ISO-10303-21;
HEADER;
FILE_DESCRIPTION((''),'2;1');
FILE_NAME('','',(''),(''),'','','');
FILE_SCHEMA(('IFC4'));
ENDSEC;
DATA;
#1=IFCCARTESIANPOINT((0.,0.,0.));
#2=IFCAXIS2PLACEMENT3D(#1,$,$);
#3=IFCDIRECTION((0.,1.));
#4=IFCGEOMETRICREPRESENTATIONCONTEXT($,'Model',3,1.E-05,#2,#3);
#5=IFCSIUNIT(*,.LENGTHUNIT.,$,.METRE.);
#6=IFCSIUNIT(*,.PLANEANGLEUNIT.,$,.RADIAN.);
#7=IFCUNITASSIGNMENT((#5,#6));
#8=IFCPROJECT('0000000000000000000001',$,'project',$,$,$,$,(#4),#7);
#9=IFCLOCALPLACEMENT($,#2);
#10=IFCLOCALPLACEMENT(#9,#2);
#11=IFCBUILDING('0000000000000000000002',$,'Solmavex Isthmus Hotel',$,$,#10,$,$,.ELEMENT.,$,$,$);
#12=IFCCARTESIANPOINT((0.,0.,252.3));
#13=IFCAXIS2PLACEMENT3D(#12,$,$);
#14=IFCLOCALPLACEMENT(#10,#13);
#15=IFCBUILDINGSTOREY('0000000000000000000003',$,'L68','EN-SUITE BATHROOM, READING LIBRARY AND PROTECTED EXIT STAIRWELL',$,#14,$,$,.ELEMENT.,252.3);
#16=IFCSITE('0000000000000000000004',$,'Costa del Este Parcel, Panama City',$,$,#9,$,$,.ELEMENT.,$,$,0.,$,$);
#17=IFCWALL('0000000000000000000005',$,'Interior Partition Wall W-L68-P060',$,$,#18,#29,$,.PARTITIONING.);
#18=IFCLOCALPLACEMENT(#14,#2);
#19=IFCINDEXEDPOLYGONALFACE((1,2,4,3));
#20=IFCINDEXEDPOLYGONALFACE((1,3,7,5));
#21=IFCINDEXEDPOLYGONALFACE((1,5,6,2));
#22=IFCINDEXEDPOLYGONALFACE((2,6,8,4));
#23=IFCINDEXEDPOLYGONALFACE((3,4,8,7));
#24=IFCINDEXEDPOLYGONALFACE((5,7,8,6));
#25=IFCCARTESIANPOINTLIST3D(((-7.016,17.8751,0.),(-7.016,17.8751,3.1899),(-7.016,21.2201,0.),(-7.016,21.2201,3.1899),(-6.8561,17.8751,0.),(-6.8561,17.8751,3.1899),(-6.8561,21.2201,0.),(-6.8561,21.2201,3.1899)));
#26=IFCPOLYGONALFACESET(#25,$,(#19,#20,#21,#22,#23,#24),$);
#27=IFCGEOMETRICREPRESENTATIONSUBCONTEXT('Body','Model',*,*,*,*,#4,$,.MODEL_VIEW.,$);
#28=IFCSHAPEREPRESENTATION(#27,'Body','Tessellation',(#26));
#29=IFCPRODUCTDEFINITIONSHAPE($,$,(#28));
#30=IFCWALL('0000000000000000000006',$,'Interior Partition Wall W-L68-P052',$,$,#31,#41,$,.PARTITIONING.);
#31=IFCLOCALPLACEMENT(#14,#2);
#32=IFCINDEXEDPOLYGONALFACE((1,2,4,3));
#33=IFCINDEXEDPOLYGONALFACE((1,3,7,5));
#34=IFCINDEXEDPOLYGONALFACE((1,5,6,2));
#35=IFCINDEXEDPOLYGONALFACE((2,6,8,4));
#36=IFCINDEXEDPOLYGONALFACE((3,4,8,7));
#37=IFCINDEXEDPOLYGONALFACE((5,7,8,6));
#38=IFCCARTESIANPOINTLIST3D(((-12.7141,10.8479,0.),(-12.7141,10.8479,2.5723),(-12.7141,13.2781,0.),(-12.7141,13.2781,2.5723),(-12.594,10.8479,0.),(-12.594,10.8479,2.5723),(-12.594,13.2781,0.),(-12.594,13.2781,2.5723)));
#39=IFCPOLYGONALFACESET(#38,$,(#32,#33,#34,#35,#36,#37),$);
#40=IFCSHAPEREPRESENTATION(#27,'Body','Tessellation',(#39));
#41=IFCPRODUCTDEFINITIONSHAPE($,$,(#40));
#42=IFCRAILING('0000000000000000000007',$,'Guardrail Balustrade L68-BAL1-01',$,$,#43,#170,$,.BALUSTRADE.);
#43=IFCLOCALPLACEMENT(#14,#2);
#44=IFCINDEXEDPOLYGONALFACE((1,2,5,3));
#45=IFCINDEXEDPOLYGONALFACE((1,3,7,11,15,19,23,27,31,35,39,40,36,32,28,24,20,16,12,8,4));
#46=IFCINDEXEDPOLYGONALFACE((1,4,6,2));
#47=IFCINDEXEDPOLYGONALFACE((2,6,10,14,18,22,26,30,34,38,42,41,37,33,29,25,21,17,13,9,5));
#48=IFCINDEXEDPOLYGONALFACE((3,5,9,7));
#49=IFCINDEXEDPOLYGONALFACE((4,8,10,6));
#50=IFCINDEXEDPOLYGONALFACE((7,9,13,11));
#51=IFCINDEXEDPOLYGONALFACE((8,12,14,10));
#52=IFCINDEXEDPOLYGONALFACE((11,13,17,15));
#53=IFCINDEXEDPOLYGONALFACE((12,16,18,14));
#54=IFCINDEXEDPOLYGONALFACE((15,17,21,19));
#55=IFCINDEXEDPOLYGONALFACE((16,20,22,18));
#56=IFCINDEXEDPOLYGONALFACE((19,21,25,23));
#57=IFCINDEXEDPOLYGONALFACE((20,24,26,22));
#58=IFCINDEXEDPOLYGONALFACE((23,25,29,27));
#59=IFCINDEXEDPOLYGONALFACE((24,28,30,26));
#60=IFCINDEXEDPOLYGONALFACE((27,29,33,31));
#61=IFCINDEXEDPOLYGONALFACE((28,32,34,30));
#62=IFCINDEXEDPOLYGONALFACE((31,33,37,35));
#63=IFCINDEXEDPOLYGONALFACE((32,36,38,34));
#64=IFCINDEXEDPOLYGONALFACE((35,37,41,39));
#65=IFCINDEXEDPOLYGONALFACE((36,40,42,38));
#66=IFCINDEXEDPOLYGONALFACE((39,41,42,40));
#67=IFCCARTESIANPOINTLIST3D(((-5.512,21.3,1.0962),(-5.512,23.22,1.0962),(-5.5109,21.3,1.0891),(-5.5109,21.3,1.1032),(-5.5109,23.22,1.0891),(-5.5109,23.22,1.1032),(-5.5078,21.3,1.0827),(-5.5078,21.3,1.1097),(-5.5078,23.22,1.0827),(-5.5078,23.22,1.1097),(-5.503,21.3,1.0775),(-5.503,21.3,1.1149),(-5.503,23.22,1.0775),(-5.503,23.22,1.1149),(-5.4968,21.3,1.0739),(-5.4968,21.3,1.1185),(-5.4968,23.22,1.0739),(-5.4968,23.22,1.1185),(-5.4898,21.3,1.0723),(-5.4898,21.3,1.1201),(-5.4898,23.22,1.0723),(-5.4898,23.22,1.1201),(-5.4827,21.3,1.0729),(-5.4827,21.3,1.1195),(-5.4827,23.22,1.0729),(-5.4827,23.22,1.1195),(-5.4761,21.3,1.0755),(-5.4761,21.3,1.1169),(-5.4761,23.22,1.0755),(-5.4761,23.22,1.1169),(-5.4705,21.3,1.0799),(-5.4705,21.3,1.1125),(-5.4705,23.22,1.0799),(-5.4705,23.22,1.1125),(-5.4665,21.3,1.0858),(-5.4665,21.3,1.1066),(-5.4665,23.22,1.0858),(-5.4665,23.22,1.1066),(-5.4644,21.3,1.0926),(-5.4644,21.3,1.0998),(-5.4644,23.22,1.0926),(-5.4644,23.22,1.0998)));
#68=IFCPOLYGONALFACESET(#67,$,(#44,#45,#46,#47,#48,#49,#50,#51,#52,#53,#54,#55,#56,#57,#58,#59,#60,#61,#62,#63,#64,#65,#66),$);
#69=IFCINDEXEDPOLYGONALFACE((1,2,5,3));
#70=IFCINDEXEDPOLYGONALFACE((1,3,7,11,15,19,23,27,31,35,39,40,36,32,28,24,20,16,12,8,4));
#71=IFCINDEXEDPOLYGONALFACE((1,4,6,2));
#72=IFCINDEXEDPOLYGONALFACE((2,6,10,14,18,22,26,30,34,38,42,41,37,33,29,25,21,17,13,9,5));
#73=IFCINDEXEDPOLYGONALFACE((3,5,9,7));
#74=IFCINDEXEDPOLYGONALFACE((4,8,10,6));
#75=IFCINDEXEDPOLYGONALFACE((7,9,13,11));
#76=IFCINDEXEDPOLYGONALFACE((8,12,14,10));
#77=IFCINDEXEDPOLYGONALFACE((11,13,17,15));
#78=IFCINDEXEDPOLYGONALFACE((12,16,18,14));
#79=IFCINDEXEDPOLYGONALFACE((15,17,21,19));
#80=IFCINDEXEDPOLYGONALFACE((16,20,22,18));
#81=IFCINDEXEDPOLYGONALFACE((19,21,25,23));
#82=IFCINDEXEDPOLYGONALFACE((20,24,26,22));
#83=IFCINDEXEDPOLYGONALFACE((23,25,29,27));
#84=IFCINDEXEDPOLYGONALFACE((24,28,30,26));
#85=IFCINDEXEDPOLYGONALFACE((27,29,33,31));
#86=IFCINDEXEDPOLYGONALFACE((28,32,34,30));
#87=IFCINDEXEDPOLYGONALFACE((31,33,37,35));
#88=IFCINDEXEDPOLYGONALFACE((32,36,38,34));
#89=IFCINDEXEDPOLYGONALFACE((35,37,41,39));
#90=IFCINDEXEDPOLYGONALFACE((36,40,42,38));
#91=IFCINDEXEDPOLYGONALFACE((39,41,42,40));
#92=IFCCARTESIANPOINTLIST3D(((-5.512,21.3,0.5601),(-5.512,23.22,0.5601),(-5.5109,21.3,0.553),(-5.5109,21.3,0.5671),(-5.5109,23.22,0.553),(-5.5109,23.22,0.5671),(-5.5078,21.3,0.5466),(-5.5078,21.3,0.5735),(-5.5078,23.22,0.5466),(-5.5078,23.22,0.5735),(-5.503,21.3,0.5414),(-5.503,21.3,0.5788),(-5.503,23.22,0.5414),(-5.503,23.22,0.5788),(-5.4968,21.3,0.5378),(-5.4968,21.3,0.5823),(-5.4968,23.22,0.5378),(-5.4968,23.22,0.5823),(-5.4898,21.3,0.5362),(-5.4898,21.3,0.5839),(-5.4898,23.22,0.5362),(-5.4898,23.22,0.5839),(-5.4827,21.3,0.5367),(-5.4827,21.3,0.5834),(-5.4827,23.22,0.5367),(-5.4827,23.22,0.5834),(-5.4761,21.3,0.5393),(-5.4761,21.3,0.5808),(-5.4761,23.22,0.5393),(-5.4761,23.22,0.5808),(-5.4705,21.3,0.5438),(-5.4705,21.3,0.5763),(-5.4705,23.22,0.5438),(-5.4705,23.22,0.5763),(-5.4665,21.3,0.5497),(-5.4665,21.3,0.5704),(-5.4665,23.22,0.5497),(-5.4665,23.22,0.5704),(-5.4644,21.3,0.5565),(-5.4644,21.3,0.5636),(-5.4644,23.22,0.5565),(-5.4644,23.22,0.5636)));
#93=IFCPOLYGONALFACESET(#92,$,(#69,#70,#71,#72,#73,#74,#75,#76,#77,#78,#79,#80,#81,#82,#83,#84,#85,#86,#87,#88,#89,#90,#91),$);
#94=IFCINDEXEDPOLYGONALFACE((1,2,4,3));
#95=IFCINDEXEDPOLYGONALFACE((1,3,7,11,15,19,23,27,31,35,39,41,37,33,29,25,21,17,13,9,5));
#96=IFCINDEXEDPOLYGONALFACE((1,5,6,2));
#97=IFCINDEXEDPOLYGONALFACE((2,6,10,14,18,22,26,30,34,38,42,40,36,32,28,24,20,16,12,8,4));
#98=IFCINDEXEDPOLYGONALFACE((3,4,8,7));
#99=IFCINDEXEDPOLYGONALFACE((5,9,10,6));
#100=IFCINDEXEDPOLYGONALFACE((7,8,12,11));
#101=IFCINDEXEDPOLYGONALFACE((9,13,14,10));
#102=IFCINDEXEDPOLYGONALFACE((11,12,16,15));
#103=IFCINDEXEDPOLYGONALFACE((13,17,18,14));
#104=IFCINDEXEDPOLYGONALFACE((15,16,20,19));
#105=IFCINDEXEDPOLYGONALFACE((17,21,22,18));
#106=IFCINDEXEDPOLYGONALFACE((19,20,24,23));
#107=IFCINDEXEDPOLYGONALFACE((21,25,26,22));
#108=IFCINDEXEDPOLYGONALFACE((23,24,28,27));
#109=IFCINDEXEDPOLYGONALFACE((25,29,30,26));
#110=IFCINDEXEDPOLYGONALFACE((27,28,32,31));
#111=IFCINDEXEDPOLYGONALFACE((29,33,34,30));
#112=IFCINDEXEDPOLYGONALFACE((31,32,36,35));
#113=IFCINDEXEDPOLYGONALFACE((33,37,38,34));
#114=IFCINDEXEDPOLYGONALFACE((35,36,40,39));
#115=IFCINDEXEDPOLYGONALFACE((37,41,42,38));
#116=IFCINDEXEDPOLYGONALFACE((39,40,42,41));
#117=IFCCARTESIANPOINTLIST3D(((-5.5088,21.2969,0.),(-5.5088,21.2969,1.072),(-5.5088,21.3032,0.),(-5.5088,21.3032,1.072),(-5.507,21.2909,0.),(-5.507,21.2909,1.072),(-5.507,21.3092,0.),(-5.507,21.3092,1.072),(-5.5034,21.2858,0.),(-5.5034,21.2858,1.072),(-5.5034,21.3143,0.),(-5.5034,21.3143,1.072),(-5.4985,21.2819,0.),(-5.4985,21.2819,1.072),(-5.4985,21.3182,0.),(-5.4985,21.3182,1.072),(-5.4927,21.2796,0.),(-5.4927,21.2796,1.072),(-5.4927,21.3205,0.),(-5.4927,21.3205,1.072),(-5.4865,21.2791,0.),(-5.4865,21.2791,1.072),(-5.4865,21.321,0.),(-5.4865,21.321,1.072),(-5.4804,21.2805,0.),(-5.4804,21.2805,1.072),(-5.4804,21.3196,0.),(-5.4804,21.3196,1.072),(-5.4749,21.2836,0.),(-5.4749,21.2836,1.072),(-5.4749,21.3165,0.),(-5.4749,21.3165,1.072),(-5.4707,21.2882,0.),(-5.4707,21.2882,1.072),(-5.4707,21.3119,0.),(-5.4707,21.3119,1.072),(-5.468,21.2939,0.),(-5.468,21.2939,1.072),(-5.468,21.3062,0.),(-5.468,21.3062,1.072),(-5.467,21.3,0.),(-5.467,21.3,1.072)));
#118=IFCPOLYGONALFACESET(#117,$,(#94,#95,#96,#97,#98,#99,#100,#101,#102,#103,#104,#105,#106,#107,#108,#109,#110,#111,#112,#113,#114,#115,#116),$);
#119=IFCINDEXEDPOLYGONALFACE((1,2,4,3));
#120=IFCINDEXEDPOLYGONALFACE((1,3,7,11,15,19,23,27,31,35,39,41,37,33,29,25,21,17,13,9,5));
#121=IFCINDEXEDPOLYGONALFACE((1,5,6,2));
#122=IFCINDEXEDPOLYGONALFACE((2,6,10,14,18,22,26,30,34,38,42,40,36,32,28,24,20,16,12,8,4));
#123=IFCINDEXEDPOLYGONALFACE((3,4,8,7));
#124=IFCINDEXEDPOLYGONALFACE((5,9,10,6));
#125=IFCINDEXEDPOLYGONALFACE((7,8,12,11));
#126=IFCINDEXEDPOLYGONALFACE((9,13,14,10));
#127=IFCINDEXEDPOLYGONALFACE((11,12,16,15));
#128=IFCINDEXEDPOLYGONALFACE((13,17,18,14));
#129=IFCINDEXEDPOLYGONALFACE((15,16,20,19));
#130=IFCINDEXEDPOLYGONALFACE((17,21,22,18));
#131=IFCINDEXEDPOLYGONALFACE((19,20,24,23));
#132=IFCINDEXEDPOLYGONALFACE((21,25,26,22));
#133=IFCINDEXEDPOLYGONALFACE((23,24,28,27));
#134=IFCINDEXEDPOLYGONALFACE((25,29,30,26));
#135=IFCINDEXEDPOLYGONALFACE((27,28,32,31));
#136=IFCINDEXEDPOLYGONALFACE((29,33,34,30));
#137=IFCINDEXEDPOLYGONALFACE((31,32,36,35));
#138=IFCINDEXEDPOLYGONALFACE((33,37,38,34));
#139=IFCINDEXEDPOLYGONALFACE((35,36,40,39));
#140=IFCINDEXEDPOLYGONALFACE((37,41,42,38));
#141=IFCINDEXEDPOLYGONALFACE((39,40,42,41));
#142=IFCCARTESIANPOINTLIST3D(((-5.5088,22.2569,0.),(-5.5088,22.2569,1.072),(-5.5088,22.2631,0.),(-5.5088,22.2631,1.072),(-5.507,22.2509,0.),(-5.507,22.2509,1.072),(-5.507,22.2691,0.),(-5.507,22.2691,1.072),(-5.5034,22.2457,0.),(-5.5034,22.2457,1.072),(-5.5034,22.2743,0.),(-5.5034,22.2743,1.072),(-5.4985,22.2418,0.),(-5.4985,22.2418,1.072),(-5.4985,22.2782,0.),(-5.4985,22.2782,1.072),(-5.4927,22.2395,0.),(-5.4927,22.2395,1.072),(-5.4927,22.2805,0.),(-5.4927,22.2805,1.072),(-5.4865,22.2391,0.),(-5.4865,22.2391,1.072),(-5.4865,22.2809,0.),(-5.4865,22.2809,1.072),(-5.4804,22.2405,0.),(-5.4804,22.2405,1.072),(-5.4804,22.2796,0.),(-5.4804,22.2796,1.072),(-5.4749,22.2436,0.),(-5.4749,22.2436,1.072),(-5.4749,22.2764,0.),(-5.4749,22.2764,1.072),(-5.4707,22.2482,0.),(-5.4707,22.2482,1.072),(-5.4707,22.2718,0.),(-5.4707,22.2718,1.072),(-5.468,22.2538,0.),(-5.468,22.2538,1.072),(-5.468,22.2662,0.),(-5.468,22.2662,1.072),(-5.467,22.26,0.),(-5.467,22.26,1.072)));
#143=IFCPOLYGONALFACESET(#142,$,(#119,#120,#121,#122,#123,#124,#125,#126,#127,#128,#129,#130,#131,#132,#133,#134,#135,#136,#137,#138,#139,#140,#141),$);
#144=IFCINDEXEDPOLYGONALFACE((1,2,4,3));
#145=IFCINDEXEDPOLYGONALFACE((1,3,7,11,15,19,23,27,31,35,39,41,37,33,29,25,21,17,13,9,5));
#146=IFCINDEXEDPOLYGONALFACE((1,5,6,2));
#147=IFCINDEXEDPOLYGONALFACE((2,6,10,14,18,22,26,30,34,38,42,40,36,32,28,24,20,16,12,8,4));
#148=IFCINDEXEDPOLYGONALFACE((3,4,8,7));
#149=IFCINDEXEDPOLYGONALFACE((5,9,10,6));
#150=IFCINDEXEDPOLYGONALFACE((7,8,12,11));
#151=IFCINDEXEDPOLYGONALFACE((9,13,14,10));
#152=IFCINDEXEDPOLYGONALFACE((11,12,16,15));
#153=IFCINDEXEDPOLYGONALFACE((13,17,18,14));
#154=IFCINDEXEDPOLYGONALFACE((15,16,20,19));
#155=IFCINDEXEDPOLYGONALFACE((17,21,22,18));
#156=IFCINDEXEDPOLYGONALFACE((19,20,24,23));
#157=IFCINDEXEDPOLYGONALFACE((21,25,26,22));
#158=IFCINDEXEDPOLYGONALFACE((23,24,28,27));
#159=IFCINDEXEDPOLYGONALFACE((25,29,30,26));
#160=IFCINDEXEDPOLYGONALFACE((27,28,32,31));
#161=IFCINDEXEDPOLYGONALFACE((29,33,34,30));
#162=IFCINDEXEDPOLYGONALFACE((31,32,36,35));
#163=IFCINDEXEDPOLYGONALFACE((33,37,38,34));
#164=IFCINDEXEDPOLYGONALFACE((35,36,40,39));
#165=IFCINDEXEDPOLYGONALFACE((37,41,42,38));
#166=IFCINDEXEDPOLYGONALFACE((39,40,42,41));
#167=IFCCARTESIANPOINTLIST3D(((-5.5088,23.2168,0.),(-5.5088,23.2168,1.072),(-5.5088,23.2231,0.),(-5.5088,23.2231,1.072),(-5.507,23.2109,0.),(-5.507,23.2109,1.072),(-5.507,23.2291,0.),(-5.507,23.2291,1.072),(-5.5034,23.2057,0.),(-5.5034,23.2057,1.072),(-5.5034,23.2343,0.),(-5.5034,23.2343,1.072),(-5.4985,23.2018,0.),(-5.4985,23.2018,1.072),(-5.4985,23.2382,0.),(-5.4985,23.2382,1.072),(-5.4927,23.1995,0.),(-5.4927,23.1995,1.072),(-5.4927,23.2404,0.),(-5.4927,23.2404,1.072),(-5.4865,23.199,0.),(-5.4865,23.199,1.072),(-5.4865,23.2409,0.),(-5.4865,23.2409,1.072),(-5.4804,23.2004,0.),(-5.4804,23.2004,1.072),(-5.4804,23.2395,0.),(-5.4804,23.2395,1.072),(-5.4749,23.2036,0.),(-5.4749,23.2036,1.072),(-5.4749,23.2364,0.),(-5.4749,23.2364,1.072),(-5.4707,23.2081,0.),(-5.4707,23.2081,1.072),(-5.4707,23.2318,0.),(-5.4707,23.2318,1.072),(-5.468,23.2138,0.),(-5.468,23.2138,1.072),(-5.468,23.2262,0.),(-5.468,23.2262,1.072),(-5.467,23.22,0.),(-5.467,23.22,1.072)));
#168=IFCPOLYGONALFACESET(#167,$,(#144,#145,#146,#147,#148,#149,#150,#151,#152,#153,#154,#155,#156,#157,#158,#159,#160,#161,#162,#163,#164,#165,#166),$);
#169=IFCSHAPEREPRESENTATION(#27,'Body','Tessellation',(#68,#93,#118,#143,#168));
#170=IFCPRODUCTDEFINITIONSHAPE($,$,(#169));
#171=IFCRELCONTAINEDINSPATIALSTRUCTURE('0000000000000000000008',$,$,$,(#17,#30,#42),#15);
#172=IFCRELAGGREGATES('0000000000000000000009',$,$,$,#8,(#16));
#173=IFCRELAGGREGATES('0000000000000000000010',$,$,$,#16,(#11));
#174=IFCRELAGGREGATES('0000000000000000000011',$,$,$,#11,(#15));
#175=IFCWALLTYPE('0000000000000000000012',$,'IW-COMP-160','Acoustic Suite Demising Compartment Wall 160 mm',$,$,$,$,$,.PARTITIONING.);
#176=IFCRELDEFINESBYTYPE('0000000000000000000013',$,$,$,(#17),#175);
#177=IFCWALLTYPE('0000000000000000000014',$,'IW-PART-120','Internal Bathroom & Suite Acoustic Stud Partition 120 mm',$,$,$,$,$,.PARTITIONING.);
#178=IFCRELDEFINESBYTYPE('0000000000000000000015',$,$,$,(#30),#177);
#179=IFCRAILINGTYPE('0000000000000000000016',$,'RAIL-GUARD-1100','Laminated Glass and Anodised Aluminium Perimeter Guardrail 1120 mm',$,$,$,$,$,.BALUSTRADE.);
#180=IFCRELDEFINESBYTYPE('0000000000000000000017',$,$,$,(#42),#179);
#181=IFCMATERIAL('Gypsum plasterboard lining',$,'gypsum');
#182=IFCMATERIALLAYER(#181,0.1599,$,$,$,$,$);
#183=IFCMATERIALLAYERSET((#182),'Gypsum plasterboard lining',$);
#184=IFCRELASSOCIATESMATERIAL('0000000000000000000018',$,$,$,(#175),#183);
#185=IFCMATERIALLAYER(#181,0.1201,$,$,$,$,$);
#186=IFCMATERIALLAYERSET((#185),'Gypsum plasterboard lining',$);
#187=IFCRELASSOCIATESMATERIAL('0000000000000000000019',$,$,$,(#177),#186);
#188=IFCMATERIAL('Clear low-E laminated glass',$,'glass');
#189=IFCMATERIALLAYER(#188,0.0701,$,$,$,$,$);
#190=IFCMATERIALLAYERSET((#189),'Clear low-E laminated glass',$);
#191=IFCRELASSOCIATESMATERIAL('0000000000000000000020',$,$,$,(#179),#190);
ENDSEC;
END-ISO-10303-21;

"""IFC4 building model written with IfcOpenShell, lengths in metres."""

from ifc_helpers import new_model, si_unit, direction, frame, frame_2d, origin, origin_2d, place, context, subcontext, project, spatial, rectangle, circle, extrude, material, layer, layer_set, type_object, element, save


model = new_model("IFC4")

# Units and contexts
model_context = context("Model", 3, precision=1e-05, world=origin(), true_north=direction((0.0, 1.0)))
body_context = subcontext(model_context, "Body", "Model", "MODEL_VIEW")
ifc_project = project(units=[si_unit("LENGTHUNIT", "METRE"), si_unit("PLANEANGLEUNIT", "RADIAN")], contexts=[model_context])

# Site, building, storey
site_placement = place(None, origin())
site = spatial("IfcSite", under=ifc_project, at=site_placement, Name="Costa del Este Parcel, Panama City", CompositionType="ELEMENT", RefElevation=0.0)
building_placement = place(site_placement, origin())
building = spatial("IfcBuilding", under=site, at=building_placement, Name="Solmavex Isthmus Hotel", CompositionType="ELEMENT")
storey_placement = place(building_placement, frame((0.0, 0.0, 252.3)))
storey = spatial("IfcBuildingStorey", under=building, at=storey_placement, Name="L68", Description="EN-SUITE BATHROOM, READING LIBRARY AND PROTECTED EXIT STAIRWELL", CompositionType="ELEMENT", Elevation=252.3)

# Shared definitions
ifc_material_1 = material(Name="Clear low-E laminated glass", Category="glass")

# Walls
ifc_material_2 = material(Name="Gypsum plasterboard lining", Category="gypsum")
ifc_layer_1 = layer(ifc_material_2, 0.1599)
ifc_layer_set_1 = layer_set([ifc_layer_1], Name="Gypsum plasterboard lining")
wall_type_1 = type_object("IfcWallType", Name="IW-COMP-160", Description="Acoustic Suite Demising Compartment Wall 160 mm", PredefinedType="PARTITIONING", material=ifc_layer_set_1)
wall_1_placement = place(storey_placement, frame((-6.936, 21.22, 0.0), z_axis=(0.0, 0.0, 1.0), x_axis=(0.0, -1.0, 0.0)))
element("IfcWall", 1, at=wall_1_placement, inside=storey, type_object=wall_type_1, Name="Interior Partition Wall W-L68-P060", PredefinedType="PARTITIONING", context=body_context, shape_type="SweptSolid", body=[
    extrude(rectangle(XDim=3.345, YDim=0.1599, at=frame_2d((1.6724, 0.0))), origin(), (0.0, 0.0, 1.0), 3.1899),
])
ifc_layer_2 = layer(ifc_material_2, 0.1201)
ifc_layer_set_2 = layer_set([ifc_layer_2], Name="Gypsum plasterboard lining")
wall_type_2 = type_object("IfcWallType", Name="IW-PART-120", Description="Internal Bathroom & Suite Acoustic Stud Partition 120 mm", PredefinedType="PARTITIONING", material=ifc_layer_set_2)
wall_2_placement = place(storey_placement, frame((-12.6541, 13.2781, 0.0), z_axis=(0.0, 0.0, 1.0), x_axis=(0.0, -1.0, 0.0)))
element("IfcWall", 2, at=wall_2_placement, inside=storey, type_object=wall_type_2, Name="Interior Partition Wall W-L68-P052", PredefinedType="PARTITIONING", context=body_context, shape_type="SweptSolid", body=[
    extrude(rectangle(XDim=2.4302, YDim=0.1201, at=frame_2d((1.2151, 0.0))), origin(), (0.0, 0.0, 1.0), 2.5723),
])

# Railing
ifc_layer_3 = layer(ifc_material_1, 0.0701)
ifc_layer_set_3 = layer_set([ifc_layer_3], Name="Clear low-E laminated glass")
railing_type = type_object("IfcRailingType", Name="RAIL-GUARD-1100", Description="Laminated Glass and Anodised Aluminium Perimeter Guardrail 1120 mm", PredefinedType="BALUSTRADE", material=ifc_layer_set_3)
railing_1_placement = place(storey_placement, frame((-5.488, 21.3, 0.0)))
element("IfcRailing", 3, at=railing_1_placement, inside=storey, type_object=railing_type, Name="Guardrail Balustrade L68-BAL1-01", PredefinedType="BALUSTRADE", context=body_context, shape_type="SweptSolid", body=[
    extrude(circle(Radius=0.0239, at=origin_2d()), frame((0.0, 0.0, 1.0962), z_axis=(0.0, 1.0, 0.0), x_axis=(-1.0, 0.0, 0.0)), (0.0, 0.0, 1.0), 1.9199),
    extrude(circle(Radius=0.0239, at=origin_2d()), frame((0.0, 0.0, 0.5601), z_axis=(0.0, 1.0, 0.0), x_axis=(-1.0, 0.0, 0.0)), (0.0, 0.0, 1.0), 1.9199),
    extrude(circle(Radius=0.021, at=origin_2d()), origin(), (0.0, 0.0, 1.0), 1.072),
    extrude(circle(Radius=0.021, at=origin_2d()), frame((0.0, 0.96, 0.0)), (0.0, 0.0, 1.0), 1.072),
    extrude(circle(Radius=0.021, at=origin_2d()), frame((0.0, 1.9199, 0.0)), (0.0, 0.0, 1.0), 1.072),
])

save(model, "model.ifc")
